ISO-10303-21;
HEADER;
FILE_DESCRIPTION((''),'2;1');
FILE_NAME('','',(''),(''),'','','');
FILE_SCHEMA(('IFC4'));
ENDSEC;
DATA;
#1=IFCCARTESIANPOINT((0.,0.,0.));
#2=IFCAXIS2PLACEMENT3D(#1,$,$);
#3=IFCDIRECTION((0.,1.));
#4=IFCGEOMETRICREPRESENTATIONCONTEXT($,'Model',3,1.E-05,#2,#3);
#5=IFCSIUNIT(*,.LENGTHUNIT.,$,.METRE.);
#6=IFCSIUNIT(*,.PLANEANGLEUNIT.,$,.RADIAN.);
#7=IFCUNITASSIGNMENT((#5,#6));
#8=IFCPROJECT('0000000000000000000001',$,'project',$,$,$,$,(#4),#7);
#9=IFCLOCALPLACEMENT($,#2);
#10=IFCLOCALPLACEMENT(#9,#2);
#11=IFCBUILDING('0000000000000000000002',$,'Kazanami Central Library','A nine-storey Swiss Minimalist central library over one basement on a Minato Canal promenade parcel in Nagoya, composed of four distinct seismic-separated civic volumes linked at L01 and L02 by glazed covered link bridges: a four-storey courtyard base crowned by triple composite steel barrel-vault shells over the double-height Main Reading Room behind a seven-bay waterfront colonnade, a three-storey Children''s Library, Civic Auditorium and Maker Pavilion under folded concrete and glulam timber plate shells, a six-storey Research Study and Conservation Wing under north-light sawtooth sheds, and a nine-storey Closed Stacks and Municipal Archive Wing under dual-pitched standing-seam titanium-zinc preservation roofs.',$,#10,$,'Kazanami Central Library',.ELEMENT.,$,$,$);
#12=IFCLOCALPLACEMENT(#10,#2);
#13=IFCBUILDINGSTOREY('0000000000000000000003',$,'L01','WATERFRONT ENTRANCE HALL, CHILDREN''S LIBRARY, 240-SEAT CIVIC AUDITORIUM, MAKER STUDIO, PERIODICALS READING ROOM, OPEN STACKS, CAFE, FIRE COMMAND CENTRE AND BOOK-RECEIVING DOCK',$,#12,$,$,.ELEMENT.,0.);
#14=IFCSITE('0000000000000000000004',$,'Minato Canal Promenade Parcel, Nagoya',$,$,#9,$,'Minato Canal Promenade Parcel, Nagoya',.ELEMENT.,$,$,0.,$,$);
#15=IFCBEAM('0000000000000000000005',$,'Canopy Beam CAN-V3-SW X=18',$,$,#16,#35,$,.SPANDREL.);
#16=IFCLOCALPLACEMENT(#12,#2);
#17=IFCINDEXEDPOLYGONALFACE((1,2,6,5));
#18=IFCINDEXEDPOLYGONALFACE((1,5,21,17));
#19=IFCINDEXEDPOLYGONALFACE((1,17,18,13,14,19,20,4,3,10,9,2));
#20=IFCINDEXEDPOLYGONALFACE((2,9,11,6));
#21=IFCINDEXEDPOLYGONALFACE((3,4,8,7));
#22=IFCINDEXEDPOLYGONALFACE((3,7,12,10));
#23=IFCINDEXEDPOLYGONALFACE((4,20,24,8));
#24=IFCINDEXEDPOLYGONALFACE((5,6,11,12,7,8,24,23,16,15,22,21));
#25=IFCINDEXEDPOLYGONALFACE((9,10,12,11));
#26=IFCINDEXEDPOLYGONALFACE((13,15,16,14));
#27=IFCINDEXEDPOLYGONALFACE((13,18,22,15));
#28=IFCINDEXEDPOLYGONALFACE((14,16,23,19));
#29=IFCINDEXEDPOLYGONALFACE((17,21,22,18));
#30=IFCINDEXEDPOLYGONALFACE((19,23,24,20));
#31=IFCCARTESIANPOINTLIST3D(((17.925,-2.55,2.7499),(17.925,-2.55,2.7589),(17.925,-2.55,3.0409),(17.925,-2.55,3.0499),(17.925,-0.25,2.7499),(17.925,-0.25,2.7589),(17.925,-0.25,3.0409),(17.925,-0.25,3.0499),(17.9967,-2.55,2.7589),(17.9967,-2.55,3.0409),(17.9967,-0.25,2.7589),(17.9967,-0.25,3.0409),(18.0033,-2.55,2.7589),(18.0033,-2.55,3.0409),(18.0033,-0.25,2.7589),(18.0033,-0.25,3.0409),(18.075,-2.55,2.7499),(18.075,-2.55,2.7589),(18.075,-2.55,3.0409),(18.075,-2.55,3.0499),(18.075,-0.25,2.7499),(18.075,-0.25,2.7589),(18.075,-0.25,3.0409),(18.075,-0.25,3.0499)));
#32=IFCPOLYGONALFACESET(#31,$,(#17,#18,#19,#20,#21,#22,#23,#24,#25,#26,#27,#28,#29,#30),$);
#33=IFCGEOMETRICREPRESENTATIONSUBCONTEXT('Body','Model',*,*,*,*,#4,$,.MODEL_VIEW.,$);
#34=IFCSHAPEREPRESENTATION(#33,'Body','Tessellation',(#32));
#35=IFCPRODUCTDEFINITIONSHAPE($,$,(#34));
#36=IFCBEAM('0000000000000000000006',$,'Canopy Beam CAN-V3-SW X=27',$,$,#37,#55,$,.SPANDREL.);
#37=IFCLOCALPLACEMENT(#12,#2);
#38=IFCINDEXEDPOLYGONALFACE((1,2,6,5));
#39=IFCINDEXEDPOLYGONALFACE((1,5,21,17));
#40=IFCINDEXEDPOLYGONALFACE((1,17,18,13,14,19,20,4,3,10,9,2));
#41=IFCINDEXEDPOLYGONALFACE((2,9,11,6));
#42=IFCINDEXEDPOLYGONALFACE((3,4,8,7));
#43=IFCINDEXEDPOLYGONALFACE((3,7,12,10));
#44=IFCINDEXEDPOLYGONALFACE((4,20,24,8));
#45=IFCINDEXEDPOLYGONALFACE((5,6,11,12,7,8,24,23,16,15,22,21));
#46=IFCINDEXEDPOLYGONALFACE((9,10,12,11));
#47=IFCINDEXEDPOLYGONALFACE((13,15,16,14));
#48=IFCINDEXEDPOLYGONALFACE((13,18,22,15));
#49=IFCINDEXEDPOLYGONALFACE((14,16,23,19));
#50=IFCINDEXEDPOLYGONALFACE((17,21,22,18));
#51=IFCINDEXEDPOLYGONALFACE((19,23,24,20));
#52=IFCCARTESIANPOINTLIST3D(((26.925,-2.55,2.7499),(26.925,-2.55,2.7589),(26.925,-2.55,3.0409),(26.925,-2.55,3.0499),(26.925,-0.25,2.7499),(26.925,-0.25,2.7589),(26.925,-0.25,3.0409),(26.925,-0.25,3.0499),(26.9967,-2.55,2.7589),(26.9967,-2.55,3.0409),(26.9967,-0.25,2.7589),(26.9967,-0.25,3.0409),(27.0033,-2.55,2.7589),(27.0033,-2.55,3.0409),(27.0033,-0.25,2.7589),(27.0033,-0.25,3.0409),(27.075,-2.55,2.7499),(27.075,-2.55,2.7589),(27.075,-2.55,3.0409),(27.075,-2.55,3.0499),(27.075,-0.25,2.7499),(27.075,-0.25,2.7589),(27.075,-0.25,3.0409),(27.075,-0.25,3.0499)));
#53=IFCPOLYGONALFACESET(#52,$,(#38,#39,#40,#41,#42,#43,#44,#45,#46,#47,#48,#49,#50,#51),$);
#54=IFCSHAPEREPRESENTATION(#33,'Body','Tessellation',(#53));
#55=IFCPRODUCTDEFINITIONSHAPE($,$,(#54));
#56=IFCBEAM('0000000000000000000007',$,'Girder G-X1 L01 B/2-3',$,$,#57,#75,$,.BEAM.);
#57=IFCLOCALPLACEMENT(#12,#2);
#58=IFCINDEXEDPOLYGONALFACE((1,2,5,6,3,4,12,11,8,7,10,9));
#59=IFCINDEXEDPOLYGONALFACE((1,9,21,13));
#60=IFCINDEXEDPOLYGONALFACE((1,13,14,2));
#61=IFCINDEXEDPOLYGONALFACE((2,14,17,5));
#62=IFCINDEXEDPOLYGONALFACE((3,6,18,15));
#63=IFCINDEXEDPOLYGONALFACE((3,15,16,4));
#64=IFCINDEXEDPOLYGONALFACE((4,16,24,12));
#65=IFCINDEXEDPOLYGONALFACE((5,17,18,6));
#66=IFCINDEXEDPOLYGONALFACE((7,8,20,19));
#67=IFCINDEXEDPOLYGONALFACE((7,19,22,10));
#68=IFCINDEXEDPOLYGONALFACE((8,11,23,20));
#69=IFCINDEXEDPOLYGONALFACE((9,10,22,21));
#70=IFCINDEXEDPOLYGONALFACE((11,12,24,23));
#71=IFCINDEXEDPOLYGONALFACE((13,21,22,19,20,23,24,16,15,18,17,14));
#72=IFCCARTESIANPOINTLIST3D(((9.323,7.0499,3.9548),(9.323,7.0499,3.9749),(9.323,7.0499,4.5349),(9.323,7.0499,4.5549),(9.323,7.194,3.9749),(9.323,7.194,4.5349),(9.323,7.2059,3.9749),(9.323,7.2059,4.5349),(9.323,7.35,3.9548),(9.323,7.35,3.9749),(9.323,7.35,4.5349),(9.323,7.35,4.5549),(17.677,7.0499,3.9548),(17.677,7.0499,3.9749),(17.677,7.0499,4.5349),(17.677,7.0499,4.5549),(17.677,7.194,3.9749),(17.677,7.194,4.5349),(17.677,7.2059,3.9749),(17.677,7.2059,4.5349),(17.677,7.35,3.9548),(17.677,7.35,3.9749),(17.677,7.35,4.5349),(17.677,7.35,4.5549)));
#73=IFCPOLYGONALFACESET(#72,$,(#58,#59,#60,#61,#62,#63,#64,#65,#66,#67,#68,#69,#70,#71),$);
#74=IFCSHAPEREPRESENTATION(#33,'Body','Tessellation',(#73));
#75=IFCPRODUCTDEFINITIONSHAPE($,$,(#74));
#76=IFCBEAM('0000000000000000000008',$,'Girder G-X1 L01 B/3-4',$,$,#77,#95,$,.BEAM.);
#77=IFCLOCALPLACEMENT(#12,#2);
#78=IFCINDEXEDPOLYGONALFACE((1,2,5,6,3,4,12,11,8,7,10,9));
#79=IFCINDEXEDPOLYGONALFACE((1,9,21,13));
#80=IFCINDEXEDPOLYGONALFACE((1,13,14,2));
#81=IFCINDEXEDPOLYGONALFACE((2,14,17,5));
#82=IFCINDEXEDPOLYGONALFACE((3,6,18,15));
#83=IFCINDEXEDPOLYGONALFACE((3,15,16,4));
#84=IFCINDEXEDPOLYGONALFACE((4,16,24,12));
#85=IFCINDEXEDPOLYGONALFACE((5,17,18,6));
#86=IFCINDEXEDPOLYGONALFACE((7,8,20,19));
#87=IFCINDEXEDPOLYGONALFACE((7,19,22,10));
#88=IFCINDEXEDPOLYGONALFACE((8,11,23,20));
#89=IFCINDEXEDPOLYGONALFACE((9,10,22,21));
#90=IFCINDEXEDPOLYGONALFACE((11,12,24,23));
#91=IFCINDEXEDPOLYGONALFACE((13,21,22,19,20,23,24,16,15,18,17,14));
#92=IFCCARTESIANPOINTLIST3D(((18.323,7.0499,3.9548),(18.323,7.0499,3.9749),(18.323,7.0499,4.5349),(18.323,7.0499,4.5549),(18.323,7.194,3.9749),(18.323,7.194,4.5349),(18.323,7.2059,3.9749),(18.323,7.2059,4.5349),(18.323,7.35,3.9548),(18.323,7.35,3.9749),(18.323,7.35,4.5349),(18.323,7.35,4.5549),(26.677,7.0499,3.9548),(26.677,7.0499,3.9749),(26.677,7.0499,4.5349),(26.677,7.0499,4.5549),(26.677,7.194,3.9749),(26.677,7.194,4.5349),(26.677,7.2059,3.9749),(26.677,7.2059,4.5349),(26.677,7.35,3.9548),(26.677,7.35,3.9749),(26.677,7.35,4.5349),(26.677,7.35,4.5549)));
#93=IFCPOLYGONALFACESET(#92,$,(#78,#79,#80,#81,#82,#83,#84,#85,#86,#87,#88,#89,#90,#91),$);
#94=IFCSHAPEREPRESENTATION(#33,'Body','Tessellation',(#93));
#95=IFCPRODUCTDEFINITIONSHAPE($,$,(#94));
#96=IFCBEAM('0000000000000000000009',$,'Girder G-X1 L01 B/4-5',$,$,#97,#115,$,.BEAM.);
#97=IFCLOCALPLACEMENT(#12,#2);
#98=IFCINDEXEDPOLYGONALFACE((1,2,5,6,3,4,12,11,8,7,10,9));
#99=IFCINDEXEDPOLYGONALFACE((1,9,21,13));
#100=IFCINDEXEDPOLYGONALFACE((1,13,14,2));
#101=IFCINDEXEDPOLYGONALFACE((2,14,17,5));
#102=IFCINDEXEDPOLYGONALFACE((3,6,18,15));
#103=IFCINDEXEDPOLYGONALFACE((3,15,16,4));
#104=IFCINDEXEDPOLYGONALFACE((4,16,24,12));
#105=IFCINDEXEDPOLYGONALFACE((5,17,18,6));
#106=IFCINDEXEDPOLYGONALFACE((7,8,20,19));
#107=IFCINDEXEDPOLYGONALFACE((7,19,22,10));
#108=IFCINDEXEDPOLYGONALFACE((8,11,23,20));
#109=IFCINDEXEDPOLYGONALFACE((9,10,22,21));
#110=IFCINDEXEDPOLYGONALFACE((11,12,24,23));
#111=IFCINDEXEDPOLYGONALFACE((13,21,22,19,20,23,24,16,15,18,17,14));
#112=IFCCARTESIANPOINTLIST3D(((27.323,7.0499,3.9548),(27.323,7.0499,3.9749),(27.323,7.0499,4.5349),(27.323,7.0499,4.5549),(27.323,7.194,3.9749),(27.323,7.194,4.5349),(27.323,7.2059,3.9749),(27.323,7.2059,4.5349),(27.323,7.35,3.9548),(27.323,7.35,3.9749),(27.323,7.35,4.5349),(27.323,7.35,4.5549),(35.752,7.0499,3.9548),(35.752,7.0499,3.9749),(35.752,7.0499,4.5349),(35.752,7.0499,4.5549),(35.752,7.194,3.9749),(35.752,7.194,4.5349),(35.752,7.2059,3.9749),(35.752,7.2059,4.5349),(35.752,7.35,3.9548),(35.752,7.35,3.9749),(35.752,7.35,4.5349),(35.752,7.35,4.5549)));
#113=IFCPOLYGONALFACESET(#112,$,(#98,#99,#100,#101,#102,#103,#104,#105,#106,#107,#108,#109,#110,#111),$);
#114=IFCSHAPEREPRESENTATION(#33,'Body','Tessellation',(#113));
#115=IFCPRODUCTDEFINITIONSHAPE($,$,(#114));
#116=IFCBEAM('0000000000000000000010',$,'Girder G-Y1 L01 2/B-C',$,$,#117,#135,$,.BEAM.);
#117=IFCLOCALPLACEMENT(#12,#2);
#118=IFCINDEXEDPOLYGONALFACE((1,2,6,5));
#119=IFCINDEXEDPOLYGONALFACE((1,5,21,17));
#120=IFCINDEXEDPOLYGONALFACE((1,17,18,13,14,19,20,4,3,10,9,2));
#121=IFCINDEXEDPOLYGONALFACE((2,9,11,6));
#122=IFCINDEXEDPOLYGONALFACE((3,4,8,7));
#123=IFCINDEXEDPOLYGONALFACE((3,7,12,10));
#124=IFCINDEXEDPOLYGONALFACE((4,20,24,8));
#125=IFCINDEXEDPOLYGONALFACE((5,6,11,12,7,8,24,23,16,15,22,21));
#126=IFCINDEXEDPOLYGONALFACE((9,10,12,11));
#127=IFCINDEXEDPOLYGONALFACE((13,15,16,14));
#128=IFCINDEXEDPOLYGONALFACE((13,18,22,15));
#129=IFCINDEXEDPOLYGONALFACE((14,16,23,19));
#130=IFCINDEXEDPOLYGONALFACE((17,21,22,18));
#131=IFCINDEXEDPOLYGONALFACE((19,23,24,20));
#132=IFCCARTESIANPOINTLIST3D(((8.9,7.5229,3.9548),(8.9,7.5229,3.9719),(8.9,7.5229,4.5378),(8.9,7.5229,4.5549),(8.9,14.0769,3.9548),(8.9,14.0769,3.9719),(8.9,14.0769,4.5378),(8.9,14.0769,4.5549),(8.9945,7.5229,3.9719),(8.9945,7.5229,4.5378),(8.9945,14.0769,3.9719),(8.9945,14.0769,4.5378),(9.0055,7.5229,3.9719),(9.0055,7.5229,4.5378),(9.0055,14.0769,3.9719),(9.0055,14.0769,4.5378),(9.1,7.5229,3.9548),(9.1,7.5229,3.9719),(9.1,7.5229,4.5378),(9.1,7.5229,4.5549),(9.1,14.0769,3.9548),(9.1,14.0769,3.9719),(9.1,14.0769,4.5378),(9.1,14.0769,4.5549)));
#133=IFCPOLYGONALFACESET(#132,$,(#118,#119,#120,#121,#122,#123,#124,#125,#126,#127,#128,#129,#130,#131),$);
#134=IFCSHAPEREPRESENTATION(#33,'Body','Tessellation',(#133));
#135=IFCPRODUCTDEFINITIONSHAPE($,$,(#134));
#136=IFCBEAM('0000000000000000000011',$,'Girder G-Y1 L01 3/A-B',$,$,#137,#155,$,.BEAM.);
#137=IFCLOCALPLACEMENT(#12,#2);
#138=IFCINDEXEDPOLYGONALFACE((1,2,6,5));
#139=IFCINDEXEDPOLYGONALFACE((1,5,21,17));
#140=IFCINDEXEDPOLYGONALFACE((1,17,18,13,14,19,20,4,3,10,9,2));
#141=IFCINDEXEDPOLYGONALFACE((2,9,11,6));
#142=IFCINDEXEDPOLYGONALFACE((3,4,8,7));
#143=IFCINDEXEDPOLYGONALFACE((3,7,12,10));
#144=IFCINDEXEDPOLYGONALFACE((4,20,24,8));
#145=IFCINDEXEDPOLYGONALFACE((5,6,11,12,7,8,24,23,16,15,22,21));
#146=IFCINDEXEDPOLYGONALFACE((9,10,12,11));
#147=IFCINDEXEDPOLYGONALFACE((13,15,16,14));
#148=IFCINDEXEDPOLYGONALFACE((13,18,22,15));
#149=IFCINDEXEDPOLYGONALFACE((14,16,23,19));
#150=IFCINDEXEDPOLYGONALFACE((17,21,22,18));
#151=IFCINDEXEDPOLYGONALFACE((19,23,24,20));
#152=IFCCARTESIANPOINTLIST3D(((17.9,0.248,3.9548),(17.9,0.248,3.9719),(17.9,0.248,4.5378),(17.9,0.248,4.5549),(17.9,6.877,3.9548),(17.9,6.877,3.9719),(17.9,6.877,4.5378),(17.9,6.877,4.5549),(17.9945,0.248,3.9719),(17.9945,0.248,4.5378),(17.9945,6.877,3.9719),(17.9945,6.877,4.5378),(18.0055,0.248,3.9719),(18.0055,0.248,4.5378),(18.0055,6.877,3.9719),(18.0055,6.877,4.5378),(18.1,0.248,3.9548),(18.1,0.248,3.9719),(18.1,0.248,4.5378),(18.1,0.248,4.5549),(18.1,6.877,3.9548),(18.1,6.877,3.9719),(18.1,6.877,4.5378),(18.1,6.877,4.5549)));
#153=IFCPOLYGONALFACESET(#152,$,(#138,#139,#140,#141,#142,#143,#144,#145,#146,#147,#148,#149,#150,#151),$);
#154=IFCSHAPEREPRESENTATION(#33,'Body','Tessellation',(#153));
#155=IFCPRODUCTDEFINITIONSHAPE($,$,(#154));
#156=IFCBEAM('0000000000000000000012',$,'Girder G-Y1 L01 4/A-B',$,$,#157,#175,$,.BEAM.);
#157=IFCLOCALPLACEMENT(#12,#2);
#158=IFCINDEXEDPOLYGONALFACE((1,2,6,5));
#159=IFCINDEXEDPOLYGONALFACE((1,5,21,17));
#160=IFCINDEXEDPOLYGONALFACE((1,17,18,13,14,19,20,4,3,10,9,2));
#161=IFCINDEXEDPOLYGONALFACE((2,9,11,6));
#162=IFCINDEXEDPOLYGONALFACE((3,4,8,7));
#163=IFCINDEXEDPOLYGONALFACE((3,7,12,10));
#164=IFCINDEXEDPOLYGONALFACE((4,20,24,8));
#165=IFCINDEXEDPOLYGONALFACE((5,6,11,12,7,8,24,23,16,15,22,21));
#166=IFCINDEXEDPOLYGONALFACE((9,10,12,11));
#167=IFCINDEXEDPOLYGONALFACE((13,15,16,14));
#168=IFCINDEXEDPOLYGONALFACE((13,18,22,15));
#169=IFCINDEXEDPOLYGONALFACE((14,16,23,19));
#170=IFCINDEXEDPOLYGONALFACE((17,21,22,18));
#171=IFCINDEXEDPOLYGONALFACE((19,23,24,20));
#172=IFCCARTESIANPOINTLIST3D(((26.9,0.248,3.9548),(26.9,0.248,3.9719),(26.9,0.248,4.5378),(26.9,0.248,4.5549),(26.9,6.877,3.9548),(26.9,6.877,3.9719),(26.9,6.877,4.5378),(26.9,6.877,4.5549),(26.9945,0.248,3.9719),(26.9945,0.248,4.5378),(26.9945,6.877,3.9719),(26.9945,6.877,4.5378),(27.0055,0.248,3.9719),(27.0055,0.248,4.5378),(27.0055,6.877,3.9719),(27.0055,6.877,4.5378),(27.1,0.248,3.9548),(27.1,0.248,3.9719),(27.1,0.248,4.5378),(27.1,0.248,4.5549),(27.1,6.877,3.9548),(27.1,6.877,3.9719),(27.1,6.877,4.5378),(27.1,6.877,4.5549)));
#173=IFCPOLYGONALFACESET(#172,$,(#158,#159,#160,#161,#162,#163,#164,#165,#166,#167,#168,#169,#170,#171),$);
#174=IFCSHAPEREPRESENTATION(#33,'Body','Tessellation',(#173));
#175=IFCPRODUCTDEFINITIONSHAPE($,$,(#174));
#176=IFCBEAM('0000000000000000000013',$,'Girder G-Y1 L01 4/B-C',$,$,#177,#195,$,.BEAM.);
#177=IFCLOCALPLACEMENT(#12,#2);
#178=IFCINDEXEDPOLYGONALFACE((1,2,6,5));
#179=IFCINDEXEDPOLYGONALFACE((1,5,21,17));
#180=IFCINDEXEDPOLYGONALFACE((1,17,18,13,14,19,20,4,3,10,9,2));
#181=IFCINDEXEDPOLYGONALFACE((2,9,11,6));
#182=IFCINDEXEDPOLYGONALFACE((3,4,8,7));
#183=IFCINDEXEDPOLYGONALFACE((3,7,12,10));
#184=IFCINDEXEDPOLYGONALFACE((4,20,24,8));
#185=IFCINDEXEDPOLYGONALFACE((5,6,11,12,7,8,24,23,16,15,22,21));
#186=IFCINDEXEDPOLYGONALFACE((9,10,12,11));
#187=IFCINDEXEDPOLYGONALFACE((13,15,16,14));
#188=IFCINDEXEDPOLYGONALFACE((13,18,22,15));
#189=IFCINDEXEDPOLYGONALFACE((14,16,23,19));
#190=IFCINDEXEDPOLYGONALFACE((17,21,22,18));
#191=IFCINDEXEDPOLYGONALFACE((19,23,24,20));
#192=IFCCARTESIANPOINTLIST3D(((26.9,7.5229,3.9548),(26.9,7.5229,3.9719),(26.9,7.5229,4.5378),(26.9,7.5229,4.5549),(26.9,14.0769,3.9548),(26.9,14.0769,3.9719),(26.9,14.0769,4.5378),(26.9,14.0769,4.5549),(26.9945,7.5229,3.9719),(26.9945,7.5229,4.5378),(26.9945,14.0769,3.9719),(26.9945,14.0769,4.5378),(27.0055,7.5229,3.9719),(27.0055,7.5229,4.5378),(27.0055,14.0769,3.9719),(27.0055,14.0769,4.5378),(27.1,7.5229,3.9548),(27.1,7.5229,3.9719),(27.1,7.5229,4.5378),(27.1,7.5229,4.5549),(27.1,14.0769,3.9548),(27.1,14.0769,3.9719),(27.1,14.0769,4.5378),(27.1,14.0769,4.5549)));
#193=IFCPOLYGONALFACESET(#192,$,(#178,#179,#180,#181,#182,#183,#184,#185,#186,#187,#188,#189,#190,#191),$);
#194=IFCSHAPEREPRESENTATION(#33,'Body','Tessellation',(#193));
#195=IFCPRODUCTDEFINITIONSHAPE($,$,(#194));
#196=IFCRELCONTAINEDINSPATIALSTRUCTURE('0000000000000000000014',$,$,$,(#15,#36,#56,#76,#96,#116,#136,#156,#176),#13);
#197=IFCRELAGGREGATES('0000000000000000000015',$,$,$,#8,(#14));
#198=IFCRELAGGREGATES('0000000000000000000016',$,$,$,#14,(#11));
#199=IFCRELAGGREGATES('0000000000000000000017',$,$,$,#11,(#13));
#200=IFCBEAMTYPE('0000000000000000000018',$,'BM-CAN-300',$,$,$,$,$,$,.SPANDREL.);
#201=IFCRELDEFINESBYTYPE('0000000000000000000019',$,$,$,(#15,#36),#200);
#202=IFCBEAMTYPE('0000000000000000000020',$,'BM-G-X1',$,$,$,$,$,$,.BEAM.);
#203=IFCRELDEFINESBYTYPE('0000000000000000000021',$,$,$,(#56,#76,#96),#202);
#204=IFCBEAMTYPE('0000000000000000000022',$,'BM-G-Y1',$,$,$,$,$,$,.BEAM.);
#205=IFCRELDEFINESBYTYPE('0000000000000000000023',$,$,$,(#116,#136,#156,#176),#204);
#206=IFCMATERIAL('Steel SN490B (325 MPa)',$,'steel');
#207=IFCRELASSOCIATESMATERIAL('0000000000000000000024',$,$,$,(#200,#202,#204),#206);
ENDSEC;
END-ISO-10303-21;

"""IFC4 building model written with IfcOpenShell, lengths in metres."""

from ifc_helpers import new_model, si_unit, direction, frame, origin, origin_2d, place, context, subcontext, project, spatial, i_section, extrude, material, material_profile, profile_set, type_object, element, save


model = new_model("IFC4")

# Units and contexts
model_context = context("Model", 3, precision=1e-05, world=origin(), true_north=direction((0.0, 1.0)))
body_context = subcontext(model_context, "Body", "Model", "MODEL_VIEW")
ifc_project = project(units=[si_unit("LENGTHUNIT", "METRE"), si_unit("PLANEANGLEUNIT", "RADIAN")], contexts=[model_context])

# Site, building, storey
site_placement = place(None, origin())
site = spatial("IfcSite", under=ifc_project, at=site_placement, Name="Minato Canal Promenade Parcel, Nagoya", LongName="Minato Canal Promenade Parcel, Nagoya", CompositionType="ELEMENT", RefElevation=0.0)
building_placement = place(site_placement, origin())
building = spatial("IfcBuilding", under=site, at=building_placement, Name="Kazanami Central Library", Description="A nine-storey Swiss Minimalist central library over one basement on a Minato Canal promenade parcel in Nagoya, composed of four distinct seismic-separated civic volumes linked at L01 and L02 by glazed covered link bridges: a four-storey courtyard base crowned by triple composite steel barrel-vault shells over the double-height Main Reading Room behind a seven-bay waterfront colonnade, a three-storey Children's Library, Civic Auditorium and Maker Pavilion under folded concrete and glulam timber plate shells, a six-storey Research Study and Conservation Wing under north-light sawtooth sheds, and a nine-storey Closed Stacks and Municipal Archive Wing under dual-pitched standing-seam titanium-zinc preservation roofs.", LongName="Kazanami Central Library", CompositionType="ELEMENT")
storey_placement = place(building_placement, origin())
storey = spatial("IfcBuildingStorey", under=building, at=storey_placement, Name="L01", Description="WATERFRONT ENTRANCE HALL, CHILDREN'S LIBRARY, 240-SEAT CIVIC AUDITORIUM, MAKER STUDIO, PERIODICALS READING ROOM, OPEN STACKS, CAFE, FIRE COMMAND CENTRE AND BOOK-RECEIVING DOCK", CompositionType="ELEMENT", Elevation=0.0)

# Beams
ifc_material_1 = material(Name="Steel SN490B (325 MPa)", Category="steel")
ifc_material_profile_1 = material_profile(ifc_material_1, i_section(OverallWidth=0.1499, OverallDepth=0.3, WebThickness=0.0066, FlangeThickness=0.009, at=origin_2d()), Name="H-300x150x6.5x9")
ifc_profile_set_1 = profile_set([ifc_material_profile_1], Name="Steel SN490B (325 MPa)")
beam_type_1 = type_object("IfcBeamType", Name="BM-CAN-300", PredefinedType="SPANDREL", material=ifc_profile_set_1)
for number, where, z_axis, x_axis, name in (
    (1, (18.0, -0.25, 2.8999), (0.0, -1.0, 0.0), (1.0, 0.0, 0.0), "Canopy Beam CAN-V3-SW X=18"),
    (2, (27.0, -0.25, 2.8999), (0.0, -1.0, 0.0), (1.0, 0.0, 0.0), "Canopy Beam CAN-V3-SW X=27"),
):
    element("IfcBeam", number, at=place(storey_placement, frame(where, z_axis=z_axis, x_axis=x_axis)), inside=storey, type_object=beam_type_1, Name=name, PredefinedType="SPANDREL", context=body_context, shape_type="SweptSolid", body=[
        extrude(i_section(OverallWidth=0.1499, OverallDepth=0.3, WebThickness=0.0066, FlangeThickness=0.009, at=origin_2d()), origin(), (0.0, 0.0, 1.0), 2.3),
    ])
ifc_material_profile_2 = material_profile(ifc_material_1, i_section(OverallWidth=0.3, OverallDepth=0.6001, WebThickness=0.012, FlangeThickness=0.02, at=origin_2d()), Name="H-600x300x12x20")
ifc_profile_set_2 = profile_set([ifc_material_profile_2], Name="Steel SN490B (325 MPa)")
beam_type_2 = type_object("IfcBeamType", Name="BM-G-X1", PredefinedType="BEAM", material=ifc_profile_set_2)
for number, where, z_axis, x_axis, name in (
    (3, (9.323, 7.2, 4.2549), (1.0, 0.0, 0.0), (0.0, 1.0, 0.0), "Girder G-X1 L01 B/2-3"),
    (4, (18.323, 7.2, 4.2549), (1.0, 0.0, 0.0), (0.0, 1.0, 0.0), "Girder G-X1 L01 B/3-4"),
):
    element("IfcBeam", number, at=place(storey_placement, frame(where, z_axis=z_axis, x_axis=x_axis)), inside=storey, type_object=beam_type_2, Name=name, PredefinedType="BEAM", context=body_context, shape_type="SweptSolid", body=[
        extrude(i_section(OverallWidth=0.3, OverallDepth=0.6001, WebThickness=0.012, FlangeThickness=0.02, at=origin_2d()), origin(), (0.0, 0.0, 1.0), 8.354),
    ])
beam_1_placement = place(storey_placement, frame((27.323, 7.2, 4.2549), z_axis=(1.0, 0.0, 0.0), x_axis=(0.0, 1.0, 0.0)))
element("IfcBeam", 5, at=beam_1_placement, inside=storey, type_object=beam_type_2, Name="Girder G-X1 L01 B/4-5", PredefinedType="BEAM", context=body_context, shape_type="SweptSolid", body=[
    extrude(i_section(OverallWidth=0.3, OverallDepth=0.6001, WebThickness=0.012, FlangeThickness=0.02, at=origin_2d()), origin(), (0.0, 0.0, 1.0), 8.429),
])
ifc_material_profile_3 = material_profile(ifc_material_1, i_section(OverallWidth=0.2, OverallDepth=0.6001, WebThickness=0.011, FlangeThickness=0.0171, at=origin_2d()), Name="H-600x200x11x17")
ifc_profile_set_3 = profile_set([ifc_material_profile_3], Name="Steel SN490B (325 MPa)")
beam_type_3 = type_object("IfcBeamType", Name="BM-G-Y1", PredefinedType="BEAM", material=ifc_profile_set_3)
beam_2_placement = place(storey_placement, frame((9.0, 7.5229, 4.2549), z_axis=(0.0, 1.0, 0.0), x_axis=(-1.0, 0.0, 0.0)))
element("IfcBeam", 6, at=beam_2_placement, inside=storey, type_object=beam_type_3, Name="Girder G-Y1 L01 2/B-C", PredefinedType="BEAM", context=body_context, shape_type="SweptSolid", body=[
    extrude(i_section(OverallWidth=0.2, OverallDepth=0.6001, WebThickness=0.011, FlangeThickness=0.0171, at=origin_2d()), origin(), (0.0, 0.0, 1.0), 6.554),
])
for number, where, z_axis, x_axis, name in (
    (7, (18.0, 0.248, 4.2549), (0.0, 1.0, 0.0), (-1.0, 0.0, 0.0), "Girder G-Y1 L01 3/A-B"),
    (8, (27.0, 0.248, 4.2549), (0.0, 1.0, 0.0), (-1.0, 0.0, 0.0), "Girder G-Y1 L01 4/A-B"),
):
    element("IfcBeam", number, at=place(storey_placement, frame(where, z_axis=z_axis, x_axis=x_axis)), inside=storey, type_object=beam_type_3, Name=name, PredefinedType="BEAM", context=body_context, shape_type="SweptSolid", body=[
        extrude(i_section(OverallWidth=0.2, OverallDepth=0.6001, WebThickness=0.011, FlangeThickness=0.0171, at=origin_2d()), origin(), (0.0, 0.0, 1.0), 6.6289),
    ])
beam_3_placement = place(storey_placement, frame((27.0, 7.5229, 4.2549), z_axis=(0.0, 1.0, 0.0), x_axis=(-1.0, 0.0, 0.0)))
element("IfcBeam", 9, at=beam_3_placement, inside=storey, type_object=beam_type_3, Name="Girder G-Y1 L01 4/B-C", PredefinedType="BEAM", context=body_context, shape_type="SweptSolid", body=[
    extrude(i_section(OverallWidth=0.2, OverallDepth=0.6001, WebThickness=0.011, FlangeThickness=0.0171, at=origin_2d()), origin(), (0.0, 0.0, 1.0), 6.554),
])

save(model, "model.ifc")
